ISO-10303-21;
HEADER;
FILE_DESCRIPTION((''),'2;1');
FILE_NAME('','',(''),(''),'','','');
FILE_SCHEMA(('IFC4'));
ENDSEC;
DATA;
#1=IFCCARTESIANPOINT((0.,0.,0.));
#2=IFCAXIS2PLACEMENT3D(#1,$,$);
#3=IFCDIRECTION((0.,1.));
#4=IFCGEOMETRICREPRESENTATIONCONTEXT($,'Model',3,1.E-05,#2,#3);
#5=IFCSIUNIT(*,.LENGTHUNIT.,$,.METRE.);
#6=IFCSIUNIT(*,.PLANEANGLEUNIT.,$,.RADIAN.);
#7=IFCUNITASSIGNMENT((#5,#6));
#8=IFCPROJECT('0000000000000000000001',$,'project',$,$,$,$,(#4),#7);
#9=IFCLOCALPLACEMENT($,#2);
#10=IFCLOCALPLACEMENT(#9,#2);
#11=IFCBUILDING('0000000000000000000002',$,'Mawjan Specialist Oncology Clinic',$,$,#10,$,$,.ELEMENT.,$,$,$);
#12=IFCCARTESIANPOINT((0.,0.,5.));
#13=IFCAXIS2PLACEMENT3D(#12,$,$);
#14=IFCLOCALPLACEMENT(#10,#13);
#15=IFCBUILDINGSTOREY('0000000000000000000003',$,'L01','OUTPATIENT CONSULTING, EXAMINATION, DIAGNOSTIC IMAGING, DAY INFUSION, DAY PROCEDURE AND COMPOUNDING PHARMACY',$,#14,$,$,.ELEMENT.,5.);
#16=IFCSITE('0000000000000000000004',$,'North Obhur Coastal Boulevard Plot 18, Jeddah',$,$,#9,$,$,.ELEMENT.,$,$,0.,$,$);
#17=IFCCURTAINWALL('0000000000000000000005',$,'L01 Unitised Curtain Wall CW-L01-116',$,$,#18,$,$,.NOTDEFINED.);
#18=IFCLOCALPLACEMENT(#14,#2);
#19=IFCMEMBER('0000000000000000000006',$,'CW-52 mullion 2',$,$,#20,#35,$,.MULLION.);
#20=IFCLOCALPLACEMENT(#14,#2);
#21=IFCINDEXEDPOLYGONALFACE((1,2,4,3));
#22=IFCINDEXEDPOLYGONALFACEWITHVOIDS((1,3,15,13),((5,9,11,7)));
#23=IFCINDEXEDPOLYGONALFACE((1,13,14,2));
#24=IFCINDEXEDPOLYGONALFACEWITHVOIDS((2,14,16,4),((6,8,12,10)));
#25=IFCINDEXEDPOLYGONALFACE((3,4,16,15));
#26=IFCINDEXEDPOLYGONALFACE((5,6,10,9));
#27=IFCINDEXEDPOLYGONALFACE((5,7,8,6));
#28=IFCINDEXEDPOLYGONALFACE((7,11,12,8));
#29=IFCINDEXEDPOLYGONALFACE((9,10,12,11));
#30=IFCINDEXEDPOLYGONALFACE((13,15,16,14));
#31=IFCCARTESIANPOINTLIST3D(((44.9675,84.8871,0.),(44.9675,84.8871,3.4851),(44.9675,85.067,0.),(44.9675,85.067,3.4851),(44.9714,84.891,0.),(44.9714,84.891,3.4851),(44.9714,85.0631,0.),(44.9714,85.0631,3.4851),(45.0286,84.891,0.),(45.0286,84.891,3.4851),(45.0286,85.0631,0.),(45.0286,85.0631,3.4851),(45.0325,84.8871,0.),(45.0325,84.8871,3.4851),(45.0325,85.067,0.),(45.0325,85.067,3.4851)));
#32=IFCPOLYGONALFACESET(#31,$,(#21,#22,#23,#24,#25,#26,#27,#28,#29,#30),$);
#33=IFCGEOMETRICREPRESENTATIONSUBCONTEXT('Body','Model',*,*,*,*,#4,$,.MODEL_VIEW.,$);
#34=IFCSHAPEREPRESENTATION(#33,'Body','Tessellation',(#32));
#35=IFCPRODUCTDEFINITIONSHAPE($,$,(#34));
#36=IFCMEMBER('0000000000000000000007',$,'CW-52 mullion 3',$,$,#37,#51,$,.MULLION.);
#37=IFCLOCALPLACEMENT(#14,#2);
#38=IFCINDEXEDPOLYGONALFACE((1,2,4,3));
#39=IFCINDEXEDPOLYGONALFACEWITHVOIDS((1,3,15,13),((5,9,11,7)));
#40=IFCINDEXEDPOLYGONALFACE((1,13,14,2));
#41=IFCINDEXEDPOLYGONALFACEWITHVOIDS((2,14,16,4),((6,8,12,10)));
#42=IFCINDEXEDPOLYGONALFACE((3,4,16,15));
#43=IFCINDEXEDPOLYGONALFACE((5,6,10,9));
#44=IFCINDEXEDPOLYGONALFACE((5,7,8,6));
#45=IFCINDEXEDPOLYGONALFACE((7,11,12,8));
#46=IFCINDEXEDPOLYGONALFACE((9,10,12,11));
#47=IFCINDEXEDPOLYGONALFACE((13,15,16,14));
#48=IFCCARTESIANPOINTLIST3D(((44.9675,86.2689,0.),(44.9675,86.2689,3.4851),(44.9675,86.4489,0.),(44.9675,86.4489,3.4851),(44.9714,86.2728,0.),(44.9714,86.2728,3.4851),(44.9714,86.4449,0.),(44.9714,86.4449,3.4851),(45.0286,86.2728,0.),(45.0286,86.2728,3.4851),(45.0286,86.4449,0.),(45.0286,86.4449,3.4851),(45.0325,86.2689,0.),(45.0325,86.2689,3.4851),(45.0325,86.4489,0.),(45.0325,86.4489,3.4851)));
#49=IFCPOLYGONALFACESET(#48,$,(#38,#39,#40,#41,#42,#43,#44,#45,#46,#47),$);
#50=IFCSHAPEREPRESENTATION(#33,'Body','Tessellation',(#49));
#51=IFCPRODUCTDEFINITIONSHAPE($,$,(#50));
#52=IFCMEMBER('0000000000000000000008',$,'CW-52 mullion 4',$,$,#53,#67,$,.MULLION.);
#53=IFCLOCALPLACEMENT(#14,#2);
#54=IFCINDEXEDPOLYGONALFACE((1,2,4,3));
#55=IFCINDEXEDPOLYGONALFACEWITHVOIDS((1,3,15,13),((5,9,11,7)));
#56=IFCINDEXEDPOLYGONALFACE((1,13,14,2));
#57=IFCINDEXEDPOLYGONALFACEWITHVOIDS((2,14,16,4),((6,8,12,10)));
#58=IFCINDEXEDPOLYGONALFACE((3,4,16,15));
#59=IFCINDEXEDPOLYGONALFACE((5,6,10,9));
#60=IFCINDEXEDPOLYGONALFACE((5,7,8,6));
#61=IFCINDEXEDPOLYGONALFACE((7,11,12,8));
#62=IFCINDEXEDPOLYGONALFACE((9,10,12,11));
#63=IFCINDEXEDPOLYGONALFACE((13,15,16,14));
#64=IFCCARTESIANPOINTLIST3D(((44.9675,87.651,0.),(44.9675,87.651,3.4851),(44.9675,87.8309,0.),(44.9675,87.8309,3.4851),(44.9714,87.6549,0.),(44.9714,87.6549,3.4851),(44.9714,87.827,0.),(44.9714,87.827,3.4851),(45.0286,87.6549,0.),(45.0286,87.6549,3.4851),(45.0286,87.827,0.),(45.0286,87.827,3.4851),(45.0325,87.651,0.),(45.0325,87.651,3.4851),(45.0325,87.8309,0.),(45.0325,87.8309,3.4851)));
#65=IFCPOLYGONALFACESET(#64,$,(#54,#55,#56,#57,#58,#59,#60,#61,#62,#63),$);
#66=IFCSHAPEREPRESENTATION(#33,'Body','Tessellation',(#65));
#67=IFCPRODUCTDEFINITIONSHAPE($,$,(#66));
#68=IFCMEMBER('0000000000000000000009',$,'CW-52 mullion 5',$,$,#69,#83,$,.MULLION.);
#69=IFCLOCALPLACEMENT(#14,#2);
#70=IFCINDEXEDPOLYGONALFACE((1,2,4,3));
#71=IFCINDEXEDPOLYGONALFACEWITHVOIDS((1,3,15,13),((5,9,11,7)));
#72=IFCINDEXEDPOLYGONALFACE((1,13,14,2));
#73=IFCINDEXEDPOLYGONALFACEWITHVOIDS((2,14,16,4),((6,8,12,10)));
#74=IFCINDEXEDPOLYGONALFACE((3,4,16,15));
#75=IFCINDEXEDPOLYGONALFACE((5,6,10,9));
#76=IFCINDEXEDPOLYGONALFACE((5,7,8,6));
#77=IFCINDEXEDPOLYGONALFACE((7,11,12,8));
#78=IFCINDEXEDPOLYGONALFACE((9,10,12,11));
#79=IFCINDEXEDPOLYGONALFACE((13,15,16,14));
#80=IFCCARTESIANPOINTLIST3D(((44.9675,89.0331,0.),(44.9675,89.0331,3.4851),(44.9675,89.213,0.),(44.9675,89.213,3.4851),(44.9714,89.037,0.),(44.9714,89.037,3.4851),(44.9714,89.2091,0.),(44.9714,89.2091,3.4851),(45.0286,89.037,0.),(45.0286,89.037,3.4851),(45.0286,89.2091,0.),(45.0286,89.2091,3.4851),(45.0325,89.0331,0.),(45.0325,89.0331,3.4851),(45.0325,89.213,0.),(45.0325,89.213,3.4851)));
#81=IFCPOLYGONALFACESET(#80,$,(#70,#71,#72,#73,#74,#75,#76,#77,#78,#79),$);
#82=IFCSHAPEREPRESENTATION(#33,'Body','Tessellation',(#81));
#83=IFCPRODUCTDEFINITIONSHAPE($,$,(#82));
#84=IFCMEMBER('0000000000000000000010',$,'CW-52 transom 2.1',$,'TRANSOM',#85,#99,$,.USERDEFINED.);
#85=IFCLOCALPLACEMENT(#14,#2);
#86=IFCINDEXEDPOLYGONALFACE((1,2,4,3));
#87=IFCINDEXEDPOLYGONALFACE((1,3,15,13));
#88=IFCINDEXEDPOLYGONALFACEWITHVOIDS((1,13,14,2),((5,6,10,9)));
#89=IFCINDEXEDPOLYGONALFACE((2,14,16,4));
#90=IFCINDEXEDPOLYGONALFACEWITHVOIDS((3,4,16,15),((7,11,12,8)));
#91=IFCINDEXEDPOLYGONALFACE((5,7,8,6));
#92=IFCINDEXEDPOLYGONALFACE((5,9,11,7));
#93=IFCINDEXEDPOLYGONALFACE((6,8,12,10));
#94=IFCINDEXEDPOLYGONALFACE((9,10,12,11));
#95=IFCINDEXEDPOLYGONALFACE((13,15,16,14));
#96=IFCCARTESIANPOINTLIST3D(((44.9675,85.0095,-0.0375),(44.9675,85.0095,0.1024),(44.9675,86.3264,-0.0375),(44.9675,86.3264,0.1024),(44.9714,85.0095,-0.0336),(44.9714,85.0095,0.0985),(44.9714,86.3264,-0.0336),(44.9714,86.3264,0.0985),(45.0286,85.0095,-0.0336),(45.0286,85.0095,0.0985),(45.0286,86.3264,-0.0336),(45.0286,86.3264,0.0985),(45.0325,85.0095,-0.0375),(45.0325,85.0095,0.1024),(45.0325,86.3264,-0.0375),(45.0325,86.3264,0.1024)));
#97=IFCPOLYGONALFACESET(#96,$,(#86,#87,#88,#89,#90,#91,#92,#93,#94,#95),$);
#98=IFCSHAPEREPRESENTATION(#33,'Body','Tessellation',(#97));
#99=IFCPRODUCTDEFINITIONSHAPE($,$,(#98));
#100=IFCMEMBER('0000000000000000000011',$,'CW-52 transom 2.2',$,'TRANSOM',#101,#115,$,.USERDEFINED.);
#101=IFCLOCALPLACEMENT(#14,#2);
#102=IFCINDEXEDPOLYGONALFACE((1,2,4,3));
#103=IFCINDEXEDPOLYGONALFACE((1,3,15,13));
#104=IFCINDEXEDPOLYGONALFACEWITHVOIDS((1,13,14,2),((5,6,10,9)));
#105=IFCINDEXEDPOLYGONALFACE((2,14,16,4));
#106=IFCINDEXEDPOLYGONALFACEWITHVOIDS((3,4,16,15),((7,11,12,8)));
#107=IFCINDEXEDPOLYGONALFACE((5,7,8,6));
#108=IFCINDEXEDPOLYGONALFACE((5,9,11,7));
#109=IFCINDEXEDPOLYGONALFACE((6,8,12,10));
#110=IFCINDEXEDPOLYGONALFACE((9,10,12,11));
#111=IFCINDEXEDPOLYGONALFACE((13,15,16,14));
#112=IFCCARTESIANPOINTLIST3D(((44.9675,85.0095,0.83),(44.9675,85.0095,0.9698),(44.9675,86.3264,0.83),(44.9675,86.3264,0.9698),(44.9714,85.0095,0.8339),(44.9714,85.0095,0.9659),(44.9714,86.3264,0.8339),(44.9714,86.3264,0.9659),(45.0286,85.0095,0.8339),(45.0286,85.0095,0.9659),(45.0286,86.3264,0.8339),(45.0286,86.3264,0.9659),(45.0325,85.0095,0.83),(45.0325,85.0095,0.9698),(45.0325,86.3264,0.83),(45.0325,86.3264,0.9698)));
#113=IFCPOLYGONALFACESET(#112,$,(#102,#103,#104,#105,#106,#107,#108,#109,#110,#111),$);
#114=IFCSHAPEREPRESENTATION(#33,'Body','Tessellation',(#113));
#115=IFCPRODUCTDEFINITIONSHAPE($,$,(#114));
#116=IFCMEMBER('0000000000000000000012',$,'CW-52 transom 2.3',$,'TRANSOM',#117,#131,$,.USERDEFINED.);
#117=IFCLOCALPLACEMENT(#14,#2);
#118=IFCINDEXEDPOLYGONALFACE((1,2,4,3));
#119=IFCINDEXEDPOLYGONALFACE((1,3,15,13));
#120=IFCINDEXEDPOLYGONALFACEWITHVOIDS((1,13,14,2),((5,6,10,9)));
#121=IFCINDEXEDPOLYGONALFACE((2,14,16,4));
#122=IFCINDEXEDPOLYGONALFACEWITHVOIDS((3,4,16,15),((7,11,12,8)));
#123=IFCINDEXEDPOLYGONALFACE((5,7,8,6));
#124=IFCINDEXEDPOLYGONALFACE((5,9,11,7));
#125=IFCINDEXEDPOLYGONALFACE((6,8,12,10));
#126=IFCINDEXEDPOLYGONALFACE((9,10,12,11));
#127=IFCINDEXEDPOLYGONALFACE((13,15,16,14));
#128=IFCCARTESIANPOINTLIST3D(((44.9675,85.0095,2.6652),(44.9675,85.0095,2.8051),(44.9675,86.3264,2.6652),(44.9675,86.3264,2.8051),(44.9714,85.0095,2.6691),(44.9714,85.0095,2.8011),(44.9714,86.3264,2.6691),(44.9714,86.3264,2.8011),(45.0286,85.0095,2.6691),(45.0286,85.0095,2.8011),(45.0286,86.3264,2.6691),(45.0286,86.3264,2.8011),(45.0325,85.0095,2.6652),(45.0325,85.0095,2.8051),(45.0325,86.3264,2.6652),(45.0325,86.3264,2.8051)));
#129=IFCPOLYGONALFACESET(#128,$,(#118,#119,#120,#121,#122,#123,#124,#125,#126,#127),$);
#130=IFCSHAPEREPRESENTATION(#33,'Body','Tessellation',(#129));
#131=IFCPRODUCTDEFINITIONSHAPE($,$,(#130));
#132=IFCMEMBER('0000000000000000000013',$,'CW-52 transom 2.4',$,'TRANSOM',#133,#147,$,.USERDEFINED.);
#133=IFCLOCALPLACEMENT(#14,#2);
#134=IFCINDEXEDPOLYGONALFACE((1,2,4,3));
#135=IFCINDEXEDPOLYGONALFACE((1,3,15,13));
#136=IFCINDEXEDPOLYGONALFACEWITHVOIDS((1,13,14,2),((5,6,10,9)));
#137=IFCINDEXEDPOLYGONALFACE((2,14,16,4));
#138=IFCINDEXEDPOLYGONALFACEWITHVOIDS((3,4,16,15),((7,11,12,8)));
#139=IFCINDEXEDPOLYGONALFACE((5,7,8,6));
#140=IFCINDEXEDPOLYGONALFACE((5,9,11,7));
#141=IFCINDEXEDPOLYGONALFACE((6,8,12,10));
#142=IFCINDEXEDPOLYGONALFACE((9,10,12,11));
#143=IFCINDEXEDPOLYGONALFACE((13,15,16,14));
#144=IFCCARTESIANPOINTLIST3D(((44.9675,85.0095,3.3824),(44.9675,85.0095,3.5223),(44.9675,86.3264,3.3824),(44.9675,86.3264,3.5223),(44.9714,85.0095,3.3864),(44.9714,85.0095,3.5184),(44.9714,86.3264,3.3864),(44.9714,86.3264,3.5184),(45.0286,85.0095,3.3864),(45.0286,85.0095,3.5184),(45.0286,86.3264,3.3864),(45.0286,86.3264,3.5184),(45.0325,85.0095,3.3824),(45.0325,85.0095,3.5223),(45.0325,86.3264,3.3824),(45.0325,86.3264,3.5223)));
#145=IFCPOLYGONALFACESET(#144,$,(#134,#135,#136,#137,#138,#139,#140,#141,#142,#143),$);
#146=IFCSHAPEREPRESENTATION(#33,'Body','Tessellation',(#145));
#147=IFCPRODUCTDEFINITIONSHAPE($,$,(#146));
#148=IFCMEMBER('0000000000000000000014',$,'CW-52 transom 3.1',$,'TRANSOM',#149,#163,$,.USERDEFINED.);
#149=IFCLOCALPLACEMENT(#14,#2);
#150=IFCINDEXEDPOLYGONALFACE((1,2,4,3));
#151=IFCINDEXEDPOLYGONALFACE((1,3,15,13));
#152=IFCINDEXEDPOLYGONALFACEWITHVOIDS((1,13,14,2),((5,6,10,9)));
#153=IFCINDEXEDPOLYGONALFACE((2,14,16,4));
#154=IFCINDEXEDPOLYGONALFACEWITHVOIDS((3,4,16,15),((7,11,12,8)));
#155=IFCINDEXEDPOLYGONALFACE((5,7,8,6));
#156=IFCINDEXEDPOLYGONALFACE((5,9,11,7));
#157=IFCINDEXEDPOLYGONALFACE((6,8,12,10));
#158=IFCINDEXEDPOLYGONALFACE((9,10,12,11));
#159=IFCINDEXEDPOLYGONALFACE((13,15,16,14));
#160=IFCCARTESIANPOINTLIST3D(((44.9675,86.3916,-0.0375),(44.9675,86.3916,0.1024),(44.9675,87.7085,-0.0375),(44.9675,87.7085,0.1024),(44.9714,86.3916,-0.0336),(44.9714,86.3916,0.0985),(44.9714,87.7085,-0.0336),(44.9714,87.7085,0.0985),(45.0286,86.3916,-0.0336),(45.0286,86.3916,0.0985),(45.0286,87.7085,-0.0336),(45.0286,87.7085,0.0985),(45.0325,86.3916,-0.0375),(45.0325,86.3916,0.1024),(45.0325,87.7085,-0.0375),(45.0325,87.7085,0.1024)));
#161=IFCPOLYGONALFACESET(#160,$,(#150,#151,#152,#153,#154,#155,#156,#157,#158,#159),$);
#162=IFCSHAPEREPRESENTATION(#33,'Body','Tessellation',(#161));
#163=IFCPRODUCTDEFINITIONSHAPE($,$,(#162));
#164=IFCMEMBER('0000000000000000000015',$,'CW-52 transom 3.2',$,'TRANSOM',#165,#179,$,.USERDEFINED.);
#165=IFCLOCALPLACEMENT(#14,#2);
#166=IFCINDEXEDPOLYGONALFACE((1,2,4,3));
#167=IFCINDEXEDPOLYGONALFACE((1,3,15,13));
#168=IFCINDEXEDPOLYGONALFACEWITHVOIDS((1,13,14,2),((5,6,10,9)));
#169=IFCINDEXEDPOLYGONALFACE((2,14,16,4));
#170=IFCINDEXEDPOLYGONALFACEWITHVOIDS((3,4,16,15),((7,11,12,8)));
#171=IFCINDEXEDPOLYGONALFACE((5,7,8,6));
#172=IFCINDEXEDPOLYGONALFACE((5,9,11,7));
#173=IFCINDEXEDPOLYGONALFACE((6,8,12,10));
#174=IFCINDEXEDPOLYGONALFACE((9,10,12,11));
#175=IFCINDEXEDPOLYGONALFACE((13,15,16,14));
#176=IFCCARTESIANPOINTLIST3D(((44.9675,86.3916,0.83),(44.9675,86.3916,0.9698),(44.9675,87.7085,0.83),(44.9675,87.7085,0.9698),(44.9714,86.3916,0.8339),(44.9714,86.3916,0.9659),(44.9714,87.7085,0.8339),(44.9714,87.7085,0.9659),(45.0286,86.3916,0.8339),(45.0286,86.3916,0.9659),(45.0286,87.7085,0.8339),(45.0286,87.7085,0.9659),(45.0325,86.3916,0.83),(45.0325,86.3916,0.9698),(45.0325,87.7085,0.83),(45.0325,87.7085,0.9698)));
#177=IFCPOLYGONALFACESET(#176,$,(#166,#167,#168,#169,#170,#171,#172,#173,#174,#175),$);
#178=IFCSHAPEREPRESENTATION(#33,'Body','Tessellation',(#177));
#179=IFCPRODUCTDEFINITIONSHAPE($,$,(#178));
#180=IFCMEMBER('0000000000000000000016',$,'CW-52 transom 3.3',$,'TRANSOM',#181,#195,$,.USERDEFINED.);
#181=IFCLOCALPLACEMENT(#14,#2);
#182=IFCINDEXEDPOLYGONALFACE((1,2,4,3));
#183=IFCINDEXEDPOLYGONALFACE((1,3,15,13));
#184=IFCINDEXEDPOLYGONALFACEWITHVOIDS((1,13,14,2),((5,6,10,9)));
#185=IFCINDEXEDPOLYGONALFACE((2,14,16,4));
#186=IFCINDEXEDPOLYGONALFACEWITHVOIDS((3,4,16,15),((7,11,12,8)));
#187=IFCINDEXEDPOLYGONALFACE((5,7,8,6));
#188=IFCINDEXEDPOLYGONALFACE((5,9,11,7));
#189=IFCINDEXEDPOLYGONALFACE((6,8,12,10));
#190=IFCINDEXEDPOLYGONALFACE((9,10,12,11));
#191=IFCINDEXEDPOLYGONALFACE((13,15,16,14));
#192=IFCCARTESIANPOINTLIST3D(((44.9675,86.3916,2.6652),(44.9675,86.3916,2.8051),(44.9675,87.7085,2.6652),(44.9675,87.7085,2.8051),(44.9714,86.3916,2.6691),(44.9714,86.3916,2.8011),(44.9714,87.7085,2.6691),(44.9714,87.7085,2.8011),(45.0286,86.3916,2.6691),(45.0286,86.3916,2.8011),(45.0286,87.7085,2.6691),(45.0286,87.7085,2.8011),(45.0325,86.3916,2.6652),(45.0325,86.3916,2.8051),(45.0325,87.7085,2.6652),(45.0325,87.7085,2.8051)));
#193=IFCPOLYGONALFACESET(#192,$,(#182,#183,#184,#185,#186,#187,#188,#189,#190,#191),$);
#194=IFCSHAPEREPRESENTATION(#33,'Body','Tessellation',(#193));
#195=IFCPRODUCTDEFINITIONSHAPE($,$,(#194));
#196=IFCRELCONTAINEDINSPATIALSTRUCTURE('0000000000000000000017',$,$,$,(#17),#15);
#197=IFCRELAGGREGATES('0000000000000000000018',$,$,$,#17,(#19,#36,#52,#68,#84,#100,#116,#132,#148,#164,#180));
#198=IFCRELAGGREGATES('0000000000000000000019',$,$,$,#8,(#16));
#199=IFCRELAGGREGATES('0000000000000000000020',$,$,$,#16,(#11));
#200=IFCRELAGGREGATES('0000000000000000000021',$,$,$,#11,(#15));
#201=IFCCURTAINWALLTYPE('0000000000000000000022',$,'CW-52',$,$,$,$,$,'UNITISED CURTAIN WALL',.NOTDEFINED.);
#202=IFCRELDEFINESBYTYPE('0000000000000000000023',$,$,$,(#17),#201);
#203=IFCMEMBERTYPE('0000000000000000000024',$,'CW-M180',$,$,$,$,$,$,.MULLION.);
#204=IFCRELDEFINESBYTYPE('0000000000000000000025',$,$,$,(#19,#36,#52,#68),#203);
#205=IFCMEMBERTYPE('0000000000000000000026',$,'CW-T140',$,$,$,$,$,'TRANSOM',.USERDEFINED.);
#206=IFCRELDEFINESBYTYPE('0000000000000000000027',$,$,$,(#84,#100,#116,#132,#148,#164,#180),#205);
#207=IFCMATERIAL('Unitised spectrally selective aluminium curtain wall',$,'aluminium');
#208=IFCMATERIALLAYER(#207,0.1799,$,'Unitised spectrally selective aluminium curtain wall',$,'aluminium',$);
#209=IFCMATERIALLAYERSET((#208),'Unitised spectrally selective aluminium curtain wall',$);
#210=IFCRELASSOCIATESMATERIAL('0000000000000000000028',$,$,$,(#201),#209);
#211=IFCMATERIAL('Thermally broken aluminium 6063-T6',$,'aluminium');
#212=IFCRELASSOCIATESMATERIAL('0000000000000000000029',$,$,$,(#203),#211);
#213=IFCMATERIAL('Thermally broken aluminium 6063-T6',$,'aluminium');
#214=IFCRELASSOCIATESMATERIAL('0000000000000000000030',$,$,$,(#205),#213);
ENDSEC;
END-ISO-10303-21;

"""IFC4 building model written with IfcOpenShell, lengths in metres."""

from ifc_helpers import new_model, si_unit, direction, frame, origin, origin_2d, place, context, subcontext, project, spatial, hollow_rectangle, extrude, material, layer, layer_set, material_profile, profile_set, type_object, element, aggregate, save


model = new_model("IFC4")

# Units and contexts
model_context = context("Model", 3, precision=1e-05, world=origin(), true_north=direction((0.0, 1.0)))
body_context = subcontext(model_context, "Body", "Model", "MODEL_VIEW")
ifc_project = project(units=[si_unit("LENGTHUNIT", "METRE"), si_unit("PLANEANGLEUNIT", "RADIAN")], contexts=[model_context])

# Site, building, storey
site_placement = place(None, origin())
site = spatial("IfcSite", under=ifc_project, at=site_placement, Name="North Obhur Coastal Boulevard Plot 18, Jeddah", CompositionType="ELEMENT", RefElevation=0.0)
building_placement = place(site_placement, origin())
building = spatial("IfcBuilding", under=site, at=building_placement, Name="Mawjan Specialist Oncology Clinic", CompositionType="ELEMENT")
storey_placement = place(building_placement, frame((0.0, 0.0, 5.0)))
storey = spatial("IfcBuildingStorey", under=building, at=storey_placement, Name="L01", Description="OUTPATIENT CONSULTING, EXAMINATION, DIAGNOSTIC IMAGING, DAY INFUSION, DAY PROCEDURE AND COMPOUNDING PHARMACY", CompositionType="ELEMENT", Elevation=5.0)

# Curtain wall, members
ifc_material_1 = material(Name="Unitised spectrally selective aluminium curtain wall", Category="aluminium")
ifc_layer_1 = layer(ifc_material_1, 0.1799, Name="Unitised spectrally selective aluminium curtain wall", Category="aluminium")
ifc_layer_set_1 = layer_set([ifc_layer_1], Name="Unitised spectrally selective aluminium curtain wall")
curtain_wall_type = type_object("IfcCurtainWallType", Name="CW-52", ElementType="UNITISED CURTAIN WALL", PredefinedType="NOTDEFINED", material=ifc_layer_set_1)
curtain_wall_placement = place(storey_placement, origin())
curtain_wall = element("IfcCurtainWall", 1, at=curtain_wall_placement, inside=storey, type_object=curtain_wall_type, Name="L01 Unitised Curtain Wall CW-L01-116", PredefinedType="NOTDEFINED")
ifc_material_2 = material(Name="Thermally broken aluminium 6063-T6", Category="aluminium")
ifc_material_profile_1 = material_profile(ifc_material_2, hollow_rectangle(XDim=0.0649, YDim=0.1799, WallThickness=0.0039, at=origin_2d()), Name="ALU MULLION 180x65x4", Category="aluminium")
ifc_profile_set_1 = profile_set([ifc_material_profile_1], Name="Thermally broken aluminium 6063-T6")
member_type_1 = type_object("IfcMemberType", Name="CW-M180", PredefinedType="MULLION", material=ifc_profile_set_1)
member_1_placement = place(storey_placement, frame((45.0, 84.9771, 0.0), z_axis=(0.0, 0.0, 1.0), x_axis=(-1.0, 0.0, 0.0)))
member_1 = element("IfcMember", 2, at=member_1_placement, type_object=member_type_1, Name="CW-52 mullion 2", PredefinedType="MULLION", context=body_context, shape_type="SweptSolid", body=[
    extrude(hollow_rectangle(XDim=0.0649, YDim=0.1799, WallThickness=0.0039, at=origin_2d()), origin(), (0.0, 0.0, 1.0), 3.4851),
])
member_2_placement = place(storey_placement, frame((45.0, 86.3589, 0.0), z_axis=(0.0, 0.0, 1.0), x_axis=(-1.0, 0.0, 0.0)))
member_2 = element("IfcMember", 3, at=member_2_placement, type_object=member_type_1, Name="CW-52 mullion 3", PredefinedType="MULLION", context=body_context, shape_type="SweptSolid", body=[
    extrude(hollow_rectangle(XDim=0.0649, YDim=0.1799, WallThickness=0.0039, at=origin_2d()), origin(), (0.0, 0.0, 1.0), 3.4851),
])
member_3_placement = place(storey_placement, frame((45.0, 87.741, 0.0), z_axis=(0.0, 0.0, 1.0), x_axis=(-1.0, 0.0, 0.0)))
member_3 = element("IfcMember", 4, at=member_3_placement, type_object=member_type_1, Name="CW-52 mullion 4", PredefinedType="MULLION", context=body_context, shape_type="SweptSolid", body=[
    extrude(hollow_rectangle(XDim=0.0649, YDim=0.1799, WallThickness=0.0039, at=origin_2d()), origin(), (0.0, 0.0, 1.0), 3.4851),
])
member_4_placement = place(storey_placement, frame((45.0, 89.123, 0.0), z_axis=(0.0, 0.0, 1.0), x_axis=(-1.0, 0.0, 0.0)))
member_4 = element("IfcMember", 5, at=member_4_placement, type_object=member_type_1, Name="CW-52 mullion 5", PredefinedType="MULLION", context=body_context, shape_type="SweptSolid", body=[
    extrude(hollow_rectangle(XDim=0.0649, YDim=0.1799, WallThickness=0.0039, at=origin_2d()), origin(), (0.0, 0.0, 1.0), 3.4851),
])
ifc_material_3 = material(Name="Thermally broken aluminium 6063-T6", Category="aluminium")
ifc_material_profile_2 = material_profile(ifc_material_3, hollow_rectangle(XDim=0.0649, YDim=0.1399, WallThickness=0.0039, at=origin_2d()), Name="ALU TRANSOM 140x65x4", Category="aluminium")
ifc_profile_set_2 = profile_set([ifc_material_profile_2], Name="Thermally broken aluminium 6063-T6")
member_type_2 = type_object("IfcMemberType", Name="CW-T140", ElementType="TRANSOM", PredefinedType="USERDEFINED", material=ifc_profile_set_2)
member_5_placement = place(storey_placement, frame((45.0, 85.0095, 0.0325), z_axis=(0.0, 1.0, 0.0), x_axis=(-1.0, 0.0, 0.0)))
member_5 = element("IfcMember", 6, at=member_5_placement, type_object=member_type_2, Name="CW-52 transom 2.1", ObjectType="TRANSOM", PredefinedType="USERDEFINED", context=body_context, shape_type="SweptSolid", body=[
    extrude(hollow_rectangle(XDim=0.0649, YDim=0.1399, WallThickness=0.0039, at=origin_2d()), origin(), (0.0, 0.0, 1.0), 1.3169),
])
member_6_placement = place(storey_placement, frame((45.0, 85.0095, 0.8999), z_axis=(0.0, 1.0, 0.0), x_axis=(-1.0, 0.0, 0.0)))
member_6 = element("IfcMember", 7, at=member_6_placement, type_object=member_type_2, Name="CW-52 transom 2.2", ObjectType="TRANSOM", PredefinedType="USERDEFINED", context=body_context, shape_type="SweptSolid", body=[
    extrude(hollow_rectangle(XDim=0.0649, YDim=0.1399, WallThickness=0.0039, at=origin_2d()), origin(), (0.0, 0.0, 1.0), 1.3169),
])
member_7_placement = place(storey_placement, frame((45.0, 85.0095, 2.7351), z_axis=(0.0, 1.0, 0.0), x_axis=(-1.0, 0.0, 0.0)))
member_7 = element("IfcMember", 8, at=member_7_placement, type_object=member_type_2, Name="CW-52 transom 2.3", ObjectType="TRANSOM", PredefinedType="USERDEFINED", context=body_context, shape_type="SweptSolid", body=[
    extrude(hollow_rectangle(XDim=0.0649, YDim=0.1399, WallThickness=0.0039, at=origin_2d()), origin(), (0.0, 0.0, 1.0), 1.3169),
])
member_8_placement = place(storey_placement, frame((45.0, 85.0095, 3.4524), z_axis=(0.0, 1.0, 0.0), x_axis=(-1.0, 0.0, 0.0)))
member_8 = element("IfcMember", 9, at=member_8_placement, type_object=member_type_2, Name="CW-52 transom 2.4", ObjectType="TRANSOM", PredefinedType="USERDEFINED", context=body_context, shape_type="SweptSolid", body=[
    extrude(hollow_rectangle(XDim=0.0649, YDim=0.1399, WallThickness=0.0039, at=origin_2d()), origin(), (0.0, 0.0, 1.0), 1.3169),
])
member_9_placement = place(storey_placement, frame((45.0, 86.3916, 0.0325), z_axis=(0.0, 1.0, 0.0), x_axis=(-1.0, 0.0, 0.0)))
member_9 = element("IfcMember", 10, at=member_9_placement, type_object=member_type_2, Name="CW-52 transom 3.1", ObjectType="TRANSOM", PredefinedType="USERDEFINED", context=body_context, shape_type="SweptSolid", body=[
    extrude(hollow_rectangle(XDim=0.0649, YDim=0.1399, WallThickness=0.0039, at=origin_2d()), origin(), (0.0, 0.0, 1.0), 1.3169),
])
member_10_placement = place(storey_placement, frame((45.0, 86.3916, 0.8999), z_axis=(0.0, 1.0, 0.0), x_axis=(-1.0, 0.0, 0.0)))
member_10 = element("IfcMember", 11, at=member_10_placement, type_object=member_type_2, Name="CW-52 transom 3.2", ObjectType="TRANSOM", PredefinedType="USERDEFINED", context=body_context, shape_type="SweptSolid", body=[
    extrude(hollow_rectangle(XDim=0.0649, YDim=0.1399, WallThickness=0.0039, at=origin_2d()), origin(), (0.0, 0.0, 1.0), 1.3169),
])
member_11_placement = place(storey_placement, frame((45.0, 86.3916, 2.7351), z_axis=(0.0, 1.0, 0.0), x_axis=(-1.0, 0.0, 0.0)))
member_11 = element("IfcMember", 12, at=member_11_placement, type_object=member_type_2, Name="CW-52 transom 3.3", ObjectType="TRANSOM", PredefinedType="USERDEFINED", context=body_context, shape_type="SweptSolid", body=[
    extrude(hollow_rectangle(XDim=0.0649, YDim=0.1399, WallThickness=0.0039, at=origin_2d()), origin(), (0.0, 0.0, 1.0), 1.3169),
])
aggregate(curtain_wall, [member_1, member_2, member_3, member_4, member_5, member_6, member_7, member_8, member_9, member_10, member_11])

save(model, "model.ifc")
